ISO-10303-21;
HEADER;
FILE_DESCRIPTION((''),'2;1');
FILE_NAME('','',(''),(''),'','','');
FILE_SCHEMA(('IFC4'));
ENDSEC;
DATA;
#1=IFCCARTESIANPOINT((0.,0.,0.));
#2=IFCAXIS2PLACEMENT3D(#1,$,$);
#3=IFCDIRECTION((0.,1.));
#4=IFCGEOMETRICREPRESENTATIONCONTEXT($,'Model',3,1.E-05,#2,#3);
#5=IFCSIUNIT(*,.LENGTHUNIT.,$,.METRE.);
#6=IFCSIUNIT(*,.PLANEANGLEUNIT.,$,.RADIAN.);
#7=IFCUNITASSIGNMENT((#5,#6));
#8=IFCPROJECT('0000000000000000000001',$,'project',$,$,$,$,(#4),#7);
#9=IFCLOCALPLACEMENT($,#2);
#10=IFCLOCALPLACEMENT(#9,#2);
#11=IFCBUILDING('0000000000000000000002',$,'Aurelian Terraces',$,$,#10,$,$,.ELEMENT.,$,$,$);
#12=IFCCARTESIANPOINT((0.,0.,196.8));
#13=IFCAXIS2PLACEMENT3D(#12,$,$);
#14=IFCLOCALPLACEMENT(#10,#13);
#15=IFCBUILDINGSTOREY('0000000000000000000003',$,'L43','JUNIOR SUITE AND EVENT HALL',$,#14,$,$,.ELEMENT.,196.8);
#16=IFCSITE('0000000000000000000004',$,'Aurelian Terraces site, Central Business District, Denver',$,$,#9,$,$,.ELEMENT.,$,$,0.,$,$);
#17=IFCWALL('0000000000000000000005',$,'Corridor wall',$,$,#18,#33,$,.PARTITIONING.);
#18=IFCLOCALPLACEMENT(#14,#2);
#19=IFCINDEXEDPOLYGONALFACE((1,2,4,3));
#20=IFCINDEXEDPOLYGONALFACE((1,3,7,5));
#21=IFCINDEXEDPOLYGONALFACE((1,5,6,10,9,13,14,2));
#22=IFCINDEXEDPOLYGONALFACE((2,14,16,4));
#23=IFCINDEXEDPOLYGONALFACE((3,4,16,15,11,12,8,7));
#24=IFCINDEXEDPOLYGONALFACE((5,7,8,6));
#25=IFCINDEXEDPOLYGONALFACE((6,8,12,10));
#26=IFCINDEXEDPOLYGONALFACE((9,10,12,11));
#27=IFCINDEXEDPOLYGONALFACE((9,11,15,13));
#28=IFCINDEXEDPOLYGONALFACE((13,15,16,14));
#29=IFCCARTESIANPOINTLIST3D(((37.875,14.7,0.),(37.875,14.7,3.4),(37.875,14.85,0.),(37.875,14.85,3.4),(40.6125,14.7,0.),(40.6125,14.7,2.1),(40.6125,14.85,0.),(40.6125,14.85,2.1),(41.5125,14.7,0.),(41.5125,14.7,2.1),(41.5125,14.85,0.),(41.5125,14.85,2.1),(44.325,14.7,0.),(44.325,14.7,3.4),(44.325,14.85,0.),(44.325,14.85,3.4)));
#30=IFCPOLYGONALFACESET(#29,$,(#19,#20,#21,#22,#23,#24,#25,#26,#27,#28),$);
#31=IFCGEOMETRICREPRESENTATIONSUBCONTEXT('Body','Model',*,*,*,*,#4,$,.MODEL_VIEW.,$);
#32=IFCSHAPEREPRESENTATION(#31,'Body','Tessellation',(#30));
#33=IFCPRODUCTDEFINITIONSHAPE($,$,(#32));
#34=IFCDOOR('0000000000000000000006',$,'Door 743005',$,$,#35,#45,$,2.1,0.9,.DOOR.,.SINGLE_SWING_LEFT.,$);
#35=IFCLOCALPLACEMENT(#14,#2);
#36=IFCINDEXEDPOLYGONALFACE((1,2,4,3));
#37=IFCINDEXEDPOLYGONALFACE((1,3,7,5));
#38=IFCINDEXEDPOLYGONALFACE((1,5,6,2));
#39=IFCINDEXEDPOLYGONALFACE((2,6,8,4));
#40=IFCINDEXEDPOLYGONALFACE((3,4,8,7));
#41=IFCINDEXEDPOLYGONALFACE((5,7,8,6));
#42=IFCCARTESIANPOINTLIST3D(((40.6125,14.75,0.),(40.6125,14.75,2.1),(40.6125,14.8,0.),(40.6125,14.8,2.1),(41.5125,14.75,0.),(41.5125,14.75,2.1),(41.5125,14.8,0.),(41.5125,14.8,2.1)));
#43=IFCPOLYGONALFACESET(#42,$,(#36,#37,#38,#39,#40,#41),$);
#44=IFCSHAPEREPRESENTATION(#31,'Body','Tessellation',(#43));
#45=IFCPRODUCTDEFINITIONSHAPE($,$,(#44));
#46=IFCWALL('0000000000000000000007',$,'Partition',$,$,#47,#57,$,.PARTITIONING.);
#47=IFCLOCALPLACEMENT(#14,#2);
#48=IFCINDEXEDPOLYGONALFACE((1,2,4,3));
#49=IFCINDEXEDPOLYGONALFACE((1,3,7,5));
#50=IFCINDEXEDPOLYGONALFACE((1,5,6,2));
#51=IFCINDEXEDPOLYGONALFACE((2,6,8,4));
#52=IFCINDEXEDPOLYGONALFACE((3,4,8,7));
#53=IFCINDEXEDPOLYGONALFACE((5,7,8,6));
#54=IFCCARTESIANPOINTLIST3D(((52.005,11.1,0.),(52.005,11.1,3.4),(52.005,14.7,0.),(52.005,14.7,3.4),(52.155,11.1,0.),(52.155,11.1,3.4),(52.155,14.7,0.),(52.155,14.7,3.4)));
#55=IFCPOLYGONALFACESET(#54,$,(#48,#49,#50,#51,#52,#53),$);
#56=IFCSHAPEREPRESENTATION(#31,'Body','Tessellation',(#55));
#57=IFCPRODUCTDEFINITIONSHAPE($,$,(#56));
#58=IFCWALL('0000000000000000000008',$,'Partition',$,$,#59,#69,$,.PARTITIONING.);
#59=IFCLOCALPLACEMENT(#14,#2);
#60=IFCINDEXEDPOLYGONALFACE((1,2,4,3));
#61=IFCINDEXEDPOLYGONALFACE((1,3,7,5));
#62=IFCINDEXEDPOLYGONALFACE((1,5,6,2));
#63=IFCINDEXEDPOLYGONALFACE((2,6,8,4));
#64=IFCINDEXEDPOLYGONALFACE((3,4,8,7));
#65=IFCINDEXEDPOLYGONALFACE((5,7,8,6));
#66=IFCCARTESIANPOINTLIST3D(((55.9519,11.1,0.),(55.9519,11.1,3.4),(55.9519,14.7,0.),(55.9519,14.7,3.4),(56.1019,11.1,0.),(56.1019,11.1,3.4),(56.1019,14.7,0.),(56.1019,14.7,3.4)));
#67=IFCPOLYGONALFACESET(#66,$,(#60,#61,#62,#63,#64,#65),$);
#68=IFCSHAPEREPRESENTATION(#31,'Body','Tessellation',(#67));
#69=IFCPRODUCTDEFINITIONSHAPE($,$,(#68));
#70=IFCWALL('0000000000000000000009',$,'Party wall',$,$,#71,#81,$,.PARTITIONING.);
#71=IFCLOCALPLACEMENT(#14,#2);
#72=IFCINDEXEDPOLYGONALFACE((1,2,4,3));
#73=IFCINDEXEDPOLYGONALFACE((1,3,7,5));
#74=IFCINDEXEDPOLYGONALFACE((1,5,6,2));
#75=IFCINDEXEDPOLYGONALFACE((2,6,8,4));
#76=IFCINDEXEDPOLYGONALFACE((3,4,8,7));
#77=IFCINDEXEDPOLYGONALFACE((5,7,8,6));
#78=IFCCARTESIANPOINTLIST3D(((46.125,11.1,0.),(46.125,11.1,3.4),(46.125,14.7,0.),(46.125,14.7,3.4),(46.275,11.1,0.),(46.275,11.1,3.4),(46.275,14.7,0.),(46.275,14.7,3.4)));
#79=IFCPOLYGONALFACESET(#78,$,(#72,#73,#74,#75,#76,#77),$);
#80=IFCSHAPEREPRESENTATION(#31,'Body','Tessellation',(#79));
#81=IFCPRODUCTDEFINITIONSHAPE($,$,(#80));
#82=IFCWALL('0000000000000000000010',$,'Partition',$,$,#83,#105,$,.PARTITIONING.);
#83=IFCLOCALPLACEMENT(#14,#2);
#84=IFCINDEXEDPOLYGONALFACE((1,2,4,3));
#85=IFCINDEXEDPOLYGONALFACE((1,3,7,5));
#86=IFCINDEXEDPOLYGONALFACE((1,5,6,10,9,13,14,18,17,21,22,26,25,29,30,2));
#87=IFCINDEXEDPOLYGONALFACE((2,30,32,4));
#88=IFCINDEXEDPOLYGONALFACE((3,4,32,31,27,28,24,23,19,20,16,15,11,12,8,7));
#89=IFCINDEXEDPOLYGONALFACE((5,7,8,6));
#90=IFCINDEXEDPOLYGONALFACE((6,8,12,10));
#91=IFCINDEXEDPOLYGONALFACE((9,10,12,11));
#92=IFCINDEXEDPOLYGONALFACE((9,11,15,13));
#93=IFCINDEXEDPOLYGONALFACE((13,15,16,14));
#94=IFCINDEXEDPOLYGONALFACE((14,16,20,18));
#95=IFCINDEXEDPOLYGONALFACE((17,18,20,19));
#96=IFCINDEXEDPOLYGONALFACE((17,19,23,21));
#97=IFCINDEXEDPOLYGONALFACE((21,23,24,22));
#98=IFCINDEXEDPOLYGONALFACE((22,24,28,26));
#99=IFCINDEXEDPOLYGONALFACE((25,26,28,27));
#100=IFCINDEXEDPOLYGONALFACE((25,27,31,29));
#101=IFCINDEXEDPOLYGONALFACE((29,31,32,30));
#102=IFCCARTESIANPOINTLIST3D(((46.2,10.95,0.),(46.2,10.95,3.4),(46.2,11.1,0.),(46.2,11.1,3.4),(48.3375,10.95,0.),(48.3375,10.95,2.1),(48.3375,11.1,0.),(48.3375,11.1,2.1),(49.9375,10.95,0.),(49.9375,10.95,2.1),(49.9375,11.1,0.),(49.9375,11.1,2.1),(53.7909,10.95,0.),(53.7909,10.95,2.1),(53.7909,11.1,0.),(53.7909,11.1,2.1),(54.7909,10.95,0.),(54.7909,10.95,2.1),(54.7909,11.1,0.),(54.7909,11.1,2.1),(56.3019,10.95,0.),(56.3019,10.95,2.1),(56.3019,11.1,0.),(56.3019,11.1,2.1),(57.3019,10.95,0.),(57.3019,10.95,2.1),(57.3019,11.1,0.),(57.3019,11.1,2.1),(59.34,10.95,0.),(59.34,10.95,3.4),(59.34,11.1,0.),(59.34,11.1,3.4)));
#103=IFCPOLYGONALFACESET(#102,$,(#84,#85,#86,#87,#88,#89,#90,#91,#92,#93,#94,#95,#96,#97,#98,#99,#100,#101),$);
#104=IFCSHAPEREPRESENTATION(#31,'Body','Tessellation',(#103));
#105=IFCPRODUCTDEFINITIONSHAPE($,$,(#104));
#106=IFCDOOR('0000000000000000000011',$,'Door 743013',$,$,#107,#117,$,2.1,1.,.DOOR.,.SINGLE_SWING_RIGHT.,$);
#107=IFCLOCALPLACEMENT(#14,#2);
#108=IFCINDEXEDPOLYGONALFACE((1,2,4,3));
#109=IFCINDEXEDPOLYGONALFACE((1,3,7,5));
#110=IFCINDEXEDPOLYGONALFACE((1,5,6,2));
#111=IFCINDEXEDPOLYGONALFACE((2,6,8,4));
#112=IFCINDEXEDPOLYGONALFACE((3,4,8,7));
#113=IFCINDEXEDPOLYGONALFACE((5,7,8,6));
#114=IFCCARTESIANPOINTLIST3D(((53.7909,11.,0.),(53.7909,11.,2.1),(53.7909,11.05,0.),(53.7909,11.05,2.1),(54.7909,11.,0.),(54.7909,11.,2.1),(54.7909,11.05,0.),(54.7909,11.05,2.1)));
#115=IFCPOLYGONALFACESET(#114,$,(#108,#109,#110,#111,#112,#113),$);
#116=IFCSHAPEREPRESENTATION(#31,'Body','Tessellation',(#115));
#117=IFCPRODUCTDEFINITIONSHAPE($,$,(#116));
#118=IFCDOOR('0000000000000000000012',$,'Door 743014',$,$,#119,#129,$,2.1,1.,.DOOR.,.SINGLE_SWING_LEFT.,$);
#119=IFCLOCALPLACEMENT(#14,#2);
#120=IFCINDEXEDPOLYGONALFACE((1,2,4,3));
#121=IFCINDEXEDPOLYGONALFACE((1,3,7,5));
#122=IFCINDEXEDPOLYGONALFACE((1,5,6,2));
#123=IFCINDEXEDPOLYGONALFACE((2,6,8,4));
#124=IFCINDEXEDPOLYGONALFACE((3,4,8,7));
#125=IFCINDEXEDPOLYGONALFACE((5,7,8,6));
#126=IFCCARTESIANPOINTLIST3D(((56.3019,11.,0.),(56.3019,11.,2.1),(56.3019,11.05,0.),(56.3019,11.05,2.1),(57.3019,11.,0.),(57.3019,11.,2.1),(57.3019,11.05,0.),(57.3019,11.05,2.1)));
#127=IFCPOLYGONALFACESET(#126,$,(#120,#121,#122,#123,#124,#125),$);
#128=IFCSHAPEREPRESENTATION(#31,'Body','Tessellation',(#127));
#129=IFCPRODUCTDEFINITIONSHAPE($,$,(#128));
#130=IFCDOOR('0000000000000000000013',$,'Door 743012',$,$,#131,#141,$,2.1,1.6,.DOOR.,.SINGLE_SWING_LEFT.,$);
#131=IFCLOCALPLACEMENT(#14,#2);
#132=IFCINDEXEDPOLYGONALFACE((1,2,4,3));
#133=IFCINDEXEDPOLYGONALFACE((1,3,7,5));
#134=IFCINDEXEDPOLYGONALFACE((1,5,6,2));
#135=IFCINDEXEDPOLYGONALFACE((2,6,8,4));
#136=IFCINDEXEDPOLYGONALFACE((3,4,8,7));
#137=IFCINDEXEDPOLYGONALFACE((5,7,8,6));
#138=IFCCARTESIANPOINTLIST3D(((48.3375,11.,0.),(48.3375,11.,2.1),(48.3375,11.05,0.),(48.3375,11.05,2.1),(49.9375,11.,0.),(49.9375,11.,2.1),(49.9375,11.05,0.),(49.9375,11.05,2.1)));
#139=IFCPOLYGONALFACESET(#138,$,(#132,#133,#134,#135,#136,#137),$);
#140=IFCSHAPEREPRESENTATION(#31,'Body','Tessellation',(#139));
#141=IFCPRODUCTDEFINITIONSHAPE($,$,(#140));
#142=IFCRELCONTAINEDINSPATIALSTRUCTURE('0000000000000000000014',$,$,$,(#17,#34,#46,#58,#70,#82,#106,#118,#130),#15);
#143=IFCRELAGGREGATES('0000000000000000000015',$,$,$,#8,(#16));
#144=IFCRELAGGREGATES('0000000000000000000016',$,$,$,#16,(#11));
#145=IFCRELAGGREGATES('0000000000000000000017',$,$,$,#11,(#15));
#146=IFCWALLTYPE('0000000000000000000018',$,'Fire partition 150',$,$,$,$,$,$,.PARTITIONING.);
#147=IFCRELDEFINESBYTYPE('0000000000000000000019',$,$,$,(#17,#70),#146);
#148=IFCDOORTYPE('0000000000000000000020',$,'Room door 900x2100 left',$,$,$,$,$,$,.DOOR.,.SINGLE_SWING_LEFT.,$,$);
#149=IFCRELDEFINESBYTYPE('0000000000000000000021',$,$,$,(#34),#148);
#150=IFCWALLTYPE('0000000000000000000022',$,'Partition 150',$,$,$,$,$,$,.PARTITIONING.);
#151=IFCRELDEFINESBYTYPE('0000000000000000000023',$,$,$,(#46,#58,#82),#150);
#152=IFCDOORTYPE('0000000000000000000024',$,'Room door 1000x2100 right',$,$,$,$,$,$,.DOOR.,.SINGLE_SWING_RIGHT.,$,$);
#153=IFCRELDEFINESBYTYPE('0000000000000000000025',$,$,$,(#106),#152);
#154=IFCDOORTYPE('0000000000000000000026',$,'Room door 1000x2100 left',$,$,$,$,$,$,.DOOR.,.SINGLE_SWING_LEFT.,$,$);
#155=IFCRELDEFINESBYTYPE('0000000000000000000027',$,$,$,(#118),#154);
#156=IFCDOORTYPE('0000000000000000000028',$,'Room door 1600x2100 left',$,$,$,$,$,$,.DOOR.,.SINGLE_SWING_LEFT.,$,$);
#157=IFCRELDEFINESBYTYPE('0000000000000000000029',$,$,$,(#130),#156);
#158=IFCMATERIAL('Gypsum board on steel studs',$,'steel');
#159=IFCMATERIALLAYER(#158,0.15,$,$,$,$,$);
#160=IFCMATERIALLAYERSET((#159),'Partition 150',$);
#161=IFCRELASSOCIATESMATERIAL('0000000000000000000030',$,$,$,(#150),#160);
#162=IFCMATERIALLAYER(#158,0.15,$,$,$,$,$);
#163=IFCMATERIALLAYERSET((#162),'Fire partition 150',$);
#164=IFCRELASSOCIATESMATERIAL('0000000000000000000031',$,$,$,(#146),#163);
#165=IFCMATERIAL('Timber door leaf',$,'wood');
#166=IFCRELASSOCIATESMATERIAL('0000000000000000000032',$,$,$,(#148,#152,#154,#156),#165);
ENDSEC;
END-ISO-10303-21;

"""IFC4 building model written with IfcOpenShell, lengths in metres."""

from ifc_helpers import new_model, si_unit, direction, frame, frame_2d, origin, place, context, subcontext, project, spatial, rectangle, extrude, source, transform, mapped, material, layer, layer_set, type_object, element, fill, save


model = new_model("IFC4")

# Units and contexts
model_context = context("Model", 3, precision=1e-05, world=origin(), true_north=direction((0.0, 1.0)))
body_context = subcontext(model_context, "Body", "Model", "MODEL_VIEW")
ifc_project = project(units=[si_unit("LENGTHUNIT", "METRE"), si_unit("PLANEANGLEUNIT", "RADIAN")], contexts=[model_context])

# Site, building, storey
site_placement = place(None, origin())
site = spatial("IfcSite", under=ifc_project, at=site_placement, Name="Aurelian Terraces site, Central Business District, Denver", CompositionType="ELEMENT", RefElevation=0.0)
building_placement = place(site_placement, origin())
building = spatial("IfcBuilding", under=site, at=building_placement, Name="Aurelian Terraces", CompositionType="ELEMENT")
storey_placement = place(building_placement, frame((0.0, 0.0, 196.8)))
storey = spatial("IfcBuildingStorey", under=building, at=storey_placement, Name="L43", Description="JUNIOR SUITE AND EVENT HALL", CompositionType="ELEMENT", Elevation=196.8)

# Shared definitions
ifc_material_1 = material(Name="Gypsum board on steel studs", Category="steel")
ifc_layer_1 = layer(ifc_material_1, 0.15)
ifc_layer_set_1 = layer_set([ifc_layer_1], Name="Partition 150")
wall_type_1 = type_object("IfcWallType", Name="Partition 150", PredefinedType="PARTITIONING", material=ifc_layer_set_1)
shared_shape_1 = source(origin(), body_context, "Body", "SweptSolid", [
    extrude(rectangle(XDim=6.45, YDim=0.15, at=frame_2d((3.225, 0.0))), origin(), (0.0, 0.0, 1.0), 3.4),
])

# Wall, opening, door
ifc_layer_2 = layer(ifc_material_1, 0.15)
ifc_layer_set_2 = layer_set([ifc_layer_2], Name="Fire partition 150")
wall_type_2 = type_object("IfcWallType", Name="Fire partition 150", PredefinedType="PARTITIONING", material=ifc_layer_set_2)
wall_1_placement = place(storey_placement, frame((44.325, 14.775, 0.0), z_axis=(0.0, 0.0, 1.0), x_axis=(-1.0, 0.0, 0.0)))
wall_1 = element("IfcWall", 1, at=wall_1_placement, inside=storey, type_object=wall_type_2, Name="Corridor wall", PredefinedType="PARTITIONING", context=body_context, shape_type="MappedRepresentation", body=[
    mapped(shared_shape_1, transform((0.0, 0.0, 0.0), scale=1.0)),
])
shared_shape_2 = source(origin(), body_context, "Body", "SweptSolid", [
    extrude(rectangle(XDim=0.9, YDim=2.1, at=frame_2d((0.45, 1.05))), frame((0.0, 0.085, 0.0), z_axis=(0.0, -1.0, 0.0), x_axis=(1.0, 0.0, 0.0)), (0.0, 0.0, 1.0), 0.17),
])
opening_1_placement = place(wall_1_placement, frame((2.8125, 0.0, 0.0)))
opening_1 = element("IfcOpeningElement", 2, at=opening_1_placement, cuts=wall_1, PredefinedType="OPENING", context=body_context, shape_type="MappedRepresentation", body=[
    mapped(shared_shape_2, transform((0.0, 0.0, 0.0), scale=1.0)),
])
ifc_material_2 = material(Name="Timber door leaf", Category="wood")
door_type_1 = type_object("IfcDoorType", Name="Room door 900x2100 left", OperationType="SINGLE_SWING_LEFT", PredefinedType="DOOR", material=ifc_material_2)
shared_shape_3 = source(origin(), body_context, "Body", "SweptSolid", [
    extrude(rectangle(XDim=0.9, YDim=2.1, at=frame_2d((0.45, 1.05))), frame((0.0, 0.025, 0.0), z_axis=(0.0, -1.0, 0.0), x_axis=(1.0, 0.0, 0.0)), (0.0, 0.0, 1.0), 0.05),
])
door_1_placement = place(opening_1_placement, origin())
door_1 = element("IfcDoor", 3, at=door_1_placement, inside=storey, type_object=door_type_1, Name="Door 743005", OperationType="SINGLE_SWING_LEFT", OverallHeight=2.1, OverallWidth=0.9, PredefinedType="DOOR", context=body_context, shape_type="MappedRepresentation", body=[
    mapped(shared_shape_3, transform((0.0, 0.0, 0.0), scale=1.0)),
])
fill(opening_1, door_1)

# Walls
shared_shape_4 = source(origin(), body_context, "Body", "SweptSolid", [
    extrude(rectangle(XDim=3.6, YDim=0.15, at=frame_2d((1.8, 0.0))), origin(), (0.0, 0.0, 1.0), 3.4),
])
for number, where, z_axis, x_axis, name in (
    (4, (52.08, 11.1, 0.0), (0.0, 0.0, 1.0), (0.0, 1.0, 0.0), "Partition"),
    (5, (56.0269, 11.1, 0.0), (0.0, 0.0, 1.0), (0.0, 1.0, 0.0), "Partition"),
):
    element("IfcWall", number, at=place(storey_placement, frame(where, z_axis=z_axis, x_axis=x_axis)), inside=storey, type_object=wall_type_1, Name=name, PredefinedType="PARTITIONING", context=body_context, shape_type="MappedRepresentation", body=[
        mapped(shared_shape_4, transform((0.0, 0.0, 0.0), scale=1.0)),
    ])
wall_2_placement = place(storey_placement, frame((46.2, 11.1, 0.0), z_axis=(0.0, 0.0, 1.0), x_axis=(0.0, 1.0, 0.0)))
element("IfcWall", 6, at=wall_2_placement, inside=storey, type_object=wall_type_2, Name="Party wall", PredefinedType="PARTITIONING", context=body_context, shape_type="MappedRepresentation", body=[
    mapped(shared_shape_4, transform((0.0, 0.0, 0.0), scale=1.0)),
])

# Wall, openings, doors
shared_shape_5 = source(origin(), body_context, "Body", "SweptSolid", [
    extrude(rectangle(XDim=13.14, YDim=0.15, at=frame_2d((6.57, 0.0))), origin(), (0.0, 0.0, 1.0), 3.4),
])
wall_3_placement = place(storey_placement, frame((59.34, 11.025, 0.0), z_axis=(0.0, 0.0, 1.0), x_axis=(-1.0, 0.0, 0.0)))
wall_3 = element("IfcWall", 7, at=wall_3_placement, inside=storey, type_object=wall_type_1, Name="Partition", PredefinedType="PARTITIONING", context=body_context, shape_type="MappedRepresentation", body=[
    mapped(shared_shape_5, transform((0.0, 0.0, 0.0), scale=1.0)),
])
shared_shape_6 = source(origin(), body_context, "Body", "SweptSolid", [
    extrude(rectangle(XDim=1.6, YDim=2.1, at=frame_2d((0.8, 1.05))), frame((0.0, 0.085, 0.0), z_axis=(0.0, -1.0, 0.0), x_axis=(1.0, 0.0, 0.0)), (0.0, 0.0, 1.0), 0.17),
])
opening_2_placement = place(wall_3_placement, frame((9.4025, 0.0, 0.0)))
opening_2 = element("IfcOpeningElement", 8, at=opening_2_placement, cuts=wall_3, PredefinedType="OPENING", context=body_context, shape_type="MappedRepresentation", body=[
    mapped(shared_shape_6, transform((0.0, 0.0, 0.0), scale=1.0)),
])
shared_shape_7 = source(origin(), body_context, "Body", "SweptSolid", [
    extrude(rectangle(XDim=1.0, YDim=2.1, at=frame_2d((0.5, 1.05))), frame((0.0, 0.085, 0.0), z_axis=(0.0, -1.0, 0.0), x_axis=(1.0, 0.0, 0.0)), (0.0, 0.0, 1.0), 0.17),
])
opening_3_placement = place(wall_3_placement, frame((4.5491, 0.0, 0.0)))
opening_3 = element("IfcOpeningElement", 9, at=opening_3_placement, cuts=wall_3, PredefinedType="OPENING", context=body_context, shape_type="MappedRepresentation", body=[
    mapped(shared_shape_7, transform((0.0, 0.0, 0.0), scale=1.0)),
])
opening_4_placement = place(wall_3_placement, frame((2.0381, 0.0, 0.0)))
opening_4 = element("IfcOpeningElement", 10, at=opening_4_placement, cuts=wall_3, PredefinedType="OPENING", context=body_context, shape_type="MappedRepresentation", body=[
    mapped(shared_shape_7, transform((0.0, 0.0, 0.0), scale=1.0)),
])
door_type_2 = type_object("IfcDoorType", Name="Room door 1000x2100 right", OperationType="SINGLE_SWING_RIGHT", PredefinedType="DOOR", material=ifc_material_2)
shared_shape_8 = source(origin(), body_context, "Body", "SweptSolid", [
    extrude(rectangle(XDim=1.0, YDim=2.1, at=frame_2d((0.5, 1.05))), frame((0.0, 0.025, 0.0), z_axis=(0.0, -1.0, 0.0), x_axis=(1.0, 0.0, 0.0)), (0.0, 0.0, 1.0), 0.05),
])
door_2_placement = place(opening_3_placement, origin())
door_2 = element("IfcDoor", 11, at=door_2_placement, inside=storey, type_object=door_type_2, Name="Door 743013", OperationType="SINGLE_SWING_RIGHT", OverallHeight=2.1, OverallWidth=1.0, PredefinedType="DOOR", context=body_context, shape_type="MappedRepresentation", body=[
    mapped(shared_shape_8, transform((0.0, 0.0, 0.0), scale=1.0)),
])
fill(opening_3, door_2)
door_type_3 = type_object("IfcDoorType", Name="Room door 1000x2100 left", OperationType="SINGLE_SWING_LEFT", PredefinedType="DOOR", material=ifc_material_2)
door_3_placement = place(opening_4_placement, origin())
door_3 = element("IfcDoor", 12, at=door_3_placement, inside=storey, type_object=door_type_3, Name="Door 743014", OperationType="SINGLE_SWING_LEFT", OverallHeight=2.1, OverallWidth=1.0, PredefinedType="DOOR", context=body_context, shape_type="MappedRepresentation", body=[
    mapped(shared_shape_8, transform((0.0, 0.0, 0.0), scale=1.0)),
])
fill(opening_4, door_3)
door_type_4 = type_object("IfcDoorType", Name="Room door 1600x2100 left", OperationType="SINGLE_SWING_LEFT", PredefinedType="DOOR", material=ifc_material_2)
shared_shape_9 = source(origin(), body_context, "Body", "SweptSolid", [
    extrude(rectangle(XDim=1.6, YDim=2.1, at=frame_2d((0.8, 1.05))), frame((0.0, 0.025, 0.0), z_axis=(0.0, -1.0, 0.0), x_axis=(1.0, 0.0, 0.0)), (0.0, 0.0, 1.0), 0.05),
])
door_4_placement = place(opening_2_placement, origin())
door_4 = element("IfcDoor", 13, at=door_4_placement, inside=storey, type_object=door_type_4, Name="Door 743012", OperationType="SINGLE_SWING_LEFT", OverallHeight=2.1, OverallWidth=1.6, PredefinedType="DOOR", context=body_context, shape_type="MappedRepresentation", body=[
    mapped(shared_shape_9, transform((0.0, 0.0, 0.0), scale=1.0)),
])
fill(opening_2, door_4)

save(model, "model.ifc")
